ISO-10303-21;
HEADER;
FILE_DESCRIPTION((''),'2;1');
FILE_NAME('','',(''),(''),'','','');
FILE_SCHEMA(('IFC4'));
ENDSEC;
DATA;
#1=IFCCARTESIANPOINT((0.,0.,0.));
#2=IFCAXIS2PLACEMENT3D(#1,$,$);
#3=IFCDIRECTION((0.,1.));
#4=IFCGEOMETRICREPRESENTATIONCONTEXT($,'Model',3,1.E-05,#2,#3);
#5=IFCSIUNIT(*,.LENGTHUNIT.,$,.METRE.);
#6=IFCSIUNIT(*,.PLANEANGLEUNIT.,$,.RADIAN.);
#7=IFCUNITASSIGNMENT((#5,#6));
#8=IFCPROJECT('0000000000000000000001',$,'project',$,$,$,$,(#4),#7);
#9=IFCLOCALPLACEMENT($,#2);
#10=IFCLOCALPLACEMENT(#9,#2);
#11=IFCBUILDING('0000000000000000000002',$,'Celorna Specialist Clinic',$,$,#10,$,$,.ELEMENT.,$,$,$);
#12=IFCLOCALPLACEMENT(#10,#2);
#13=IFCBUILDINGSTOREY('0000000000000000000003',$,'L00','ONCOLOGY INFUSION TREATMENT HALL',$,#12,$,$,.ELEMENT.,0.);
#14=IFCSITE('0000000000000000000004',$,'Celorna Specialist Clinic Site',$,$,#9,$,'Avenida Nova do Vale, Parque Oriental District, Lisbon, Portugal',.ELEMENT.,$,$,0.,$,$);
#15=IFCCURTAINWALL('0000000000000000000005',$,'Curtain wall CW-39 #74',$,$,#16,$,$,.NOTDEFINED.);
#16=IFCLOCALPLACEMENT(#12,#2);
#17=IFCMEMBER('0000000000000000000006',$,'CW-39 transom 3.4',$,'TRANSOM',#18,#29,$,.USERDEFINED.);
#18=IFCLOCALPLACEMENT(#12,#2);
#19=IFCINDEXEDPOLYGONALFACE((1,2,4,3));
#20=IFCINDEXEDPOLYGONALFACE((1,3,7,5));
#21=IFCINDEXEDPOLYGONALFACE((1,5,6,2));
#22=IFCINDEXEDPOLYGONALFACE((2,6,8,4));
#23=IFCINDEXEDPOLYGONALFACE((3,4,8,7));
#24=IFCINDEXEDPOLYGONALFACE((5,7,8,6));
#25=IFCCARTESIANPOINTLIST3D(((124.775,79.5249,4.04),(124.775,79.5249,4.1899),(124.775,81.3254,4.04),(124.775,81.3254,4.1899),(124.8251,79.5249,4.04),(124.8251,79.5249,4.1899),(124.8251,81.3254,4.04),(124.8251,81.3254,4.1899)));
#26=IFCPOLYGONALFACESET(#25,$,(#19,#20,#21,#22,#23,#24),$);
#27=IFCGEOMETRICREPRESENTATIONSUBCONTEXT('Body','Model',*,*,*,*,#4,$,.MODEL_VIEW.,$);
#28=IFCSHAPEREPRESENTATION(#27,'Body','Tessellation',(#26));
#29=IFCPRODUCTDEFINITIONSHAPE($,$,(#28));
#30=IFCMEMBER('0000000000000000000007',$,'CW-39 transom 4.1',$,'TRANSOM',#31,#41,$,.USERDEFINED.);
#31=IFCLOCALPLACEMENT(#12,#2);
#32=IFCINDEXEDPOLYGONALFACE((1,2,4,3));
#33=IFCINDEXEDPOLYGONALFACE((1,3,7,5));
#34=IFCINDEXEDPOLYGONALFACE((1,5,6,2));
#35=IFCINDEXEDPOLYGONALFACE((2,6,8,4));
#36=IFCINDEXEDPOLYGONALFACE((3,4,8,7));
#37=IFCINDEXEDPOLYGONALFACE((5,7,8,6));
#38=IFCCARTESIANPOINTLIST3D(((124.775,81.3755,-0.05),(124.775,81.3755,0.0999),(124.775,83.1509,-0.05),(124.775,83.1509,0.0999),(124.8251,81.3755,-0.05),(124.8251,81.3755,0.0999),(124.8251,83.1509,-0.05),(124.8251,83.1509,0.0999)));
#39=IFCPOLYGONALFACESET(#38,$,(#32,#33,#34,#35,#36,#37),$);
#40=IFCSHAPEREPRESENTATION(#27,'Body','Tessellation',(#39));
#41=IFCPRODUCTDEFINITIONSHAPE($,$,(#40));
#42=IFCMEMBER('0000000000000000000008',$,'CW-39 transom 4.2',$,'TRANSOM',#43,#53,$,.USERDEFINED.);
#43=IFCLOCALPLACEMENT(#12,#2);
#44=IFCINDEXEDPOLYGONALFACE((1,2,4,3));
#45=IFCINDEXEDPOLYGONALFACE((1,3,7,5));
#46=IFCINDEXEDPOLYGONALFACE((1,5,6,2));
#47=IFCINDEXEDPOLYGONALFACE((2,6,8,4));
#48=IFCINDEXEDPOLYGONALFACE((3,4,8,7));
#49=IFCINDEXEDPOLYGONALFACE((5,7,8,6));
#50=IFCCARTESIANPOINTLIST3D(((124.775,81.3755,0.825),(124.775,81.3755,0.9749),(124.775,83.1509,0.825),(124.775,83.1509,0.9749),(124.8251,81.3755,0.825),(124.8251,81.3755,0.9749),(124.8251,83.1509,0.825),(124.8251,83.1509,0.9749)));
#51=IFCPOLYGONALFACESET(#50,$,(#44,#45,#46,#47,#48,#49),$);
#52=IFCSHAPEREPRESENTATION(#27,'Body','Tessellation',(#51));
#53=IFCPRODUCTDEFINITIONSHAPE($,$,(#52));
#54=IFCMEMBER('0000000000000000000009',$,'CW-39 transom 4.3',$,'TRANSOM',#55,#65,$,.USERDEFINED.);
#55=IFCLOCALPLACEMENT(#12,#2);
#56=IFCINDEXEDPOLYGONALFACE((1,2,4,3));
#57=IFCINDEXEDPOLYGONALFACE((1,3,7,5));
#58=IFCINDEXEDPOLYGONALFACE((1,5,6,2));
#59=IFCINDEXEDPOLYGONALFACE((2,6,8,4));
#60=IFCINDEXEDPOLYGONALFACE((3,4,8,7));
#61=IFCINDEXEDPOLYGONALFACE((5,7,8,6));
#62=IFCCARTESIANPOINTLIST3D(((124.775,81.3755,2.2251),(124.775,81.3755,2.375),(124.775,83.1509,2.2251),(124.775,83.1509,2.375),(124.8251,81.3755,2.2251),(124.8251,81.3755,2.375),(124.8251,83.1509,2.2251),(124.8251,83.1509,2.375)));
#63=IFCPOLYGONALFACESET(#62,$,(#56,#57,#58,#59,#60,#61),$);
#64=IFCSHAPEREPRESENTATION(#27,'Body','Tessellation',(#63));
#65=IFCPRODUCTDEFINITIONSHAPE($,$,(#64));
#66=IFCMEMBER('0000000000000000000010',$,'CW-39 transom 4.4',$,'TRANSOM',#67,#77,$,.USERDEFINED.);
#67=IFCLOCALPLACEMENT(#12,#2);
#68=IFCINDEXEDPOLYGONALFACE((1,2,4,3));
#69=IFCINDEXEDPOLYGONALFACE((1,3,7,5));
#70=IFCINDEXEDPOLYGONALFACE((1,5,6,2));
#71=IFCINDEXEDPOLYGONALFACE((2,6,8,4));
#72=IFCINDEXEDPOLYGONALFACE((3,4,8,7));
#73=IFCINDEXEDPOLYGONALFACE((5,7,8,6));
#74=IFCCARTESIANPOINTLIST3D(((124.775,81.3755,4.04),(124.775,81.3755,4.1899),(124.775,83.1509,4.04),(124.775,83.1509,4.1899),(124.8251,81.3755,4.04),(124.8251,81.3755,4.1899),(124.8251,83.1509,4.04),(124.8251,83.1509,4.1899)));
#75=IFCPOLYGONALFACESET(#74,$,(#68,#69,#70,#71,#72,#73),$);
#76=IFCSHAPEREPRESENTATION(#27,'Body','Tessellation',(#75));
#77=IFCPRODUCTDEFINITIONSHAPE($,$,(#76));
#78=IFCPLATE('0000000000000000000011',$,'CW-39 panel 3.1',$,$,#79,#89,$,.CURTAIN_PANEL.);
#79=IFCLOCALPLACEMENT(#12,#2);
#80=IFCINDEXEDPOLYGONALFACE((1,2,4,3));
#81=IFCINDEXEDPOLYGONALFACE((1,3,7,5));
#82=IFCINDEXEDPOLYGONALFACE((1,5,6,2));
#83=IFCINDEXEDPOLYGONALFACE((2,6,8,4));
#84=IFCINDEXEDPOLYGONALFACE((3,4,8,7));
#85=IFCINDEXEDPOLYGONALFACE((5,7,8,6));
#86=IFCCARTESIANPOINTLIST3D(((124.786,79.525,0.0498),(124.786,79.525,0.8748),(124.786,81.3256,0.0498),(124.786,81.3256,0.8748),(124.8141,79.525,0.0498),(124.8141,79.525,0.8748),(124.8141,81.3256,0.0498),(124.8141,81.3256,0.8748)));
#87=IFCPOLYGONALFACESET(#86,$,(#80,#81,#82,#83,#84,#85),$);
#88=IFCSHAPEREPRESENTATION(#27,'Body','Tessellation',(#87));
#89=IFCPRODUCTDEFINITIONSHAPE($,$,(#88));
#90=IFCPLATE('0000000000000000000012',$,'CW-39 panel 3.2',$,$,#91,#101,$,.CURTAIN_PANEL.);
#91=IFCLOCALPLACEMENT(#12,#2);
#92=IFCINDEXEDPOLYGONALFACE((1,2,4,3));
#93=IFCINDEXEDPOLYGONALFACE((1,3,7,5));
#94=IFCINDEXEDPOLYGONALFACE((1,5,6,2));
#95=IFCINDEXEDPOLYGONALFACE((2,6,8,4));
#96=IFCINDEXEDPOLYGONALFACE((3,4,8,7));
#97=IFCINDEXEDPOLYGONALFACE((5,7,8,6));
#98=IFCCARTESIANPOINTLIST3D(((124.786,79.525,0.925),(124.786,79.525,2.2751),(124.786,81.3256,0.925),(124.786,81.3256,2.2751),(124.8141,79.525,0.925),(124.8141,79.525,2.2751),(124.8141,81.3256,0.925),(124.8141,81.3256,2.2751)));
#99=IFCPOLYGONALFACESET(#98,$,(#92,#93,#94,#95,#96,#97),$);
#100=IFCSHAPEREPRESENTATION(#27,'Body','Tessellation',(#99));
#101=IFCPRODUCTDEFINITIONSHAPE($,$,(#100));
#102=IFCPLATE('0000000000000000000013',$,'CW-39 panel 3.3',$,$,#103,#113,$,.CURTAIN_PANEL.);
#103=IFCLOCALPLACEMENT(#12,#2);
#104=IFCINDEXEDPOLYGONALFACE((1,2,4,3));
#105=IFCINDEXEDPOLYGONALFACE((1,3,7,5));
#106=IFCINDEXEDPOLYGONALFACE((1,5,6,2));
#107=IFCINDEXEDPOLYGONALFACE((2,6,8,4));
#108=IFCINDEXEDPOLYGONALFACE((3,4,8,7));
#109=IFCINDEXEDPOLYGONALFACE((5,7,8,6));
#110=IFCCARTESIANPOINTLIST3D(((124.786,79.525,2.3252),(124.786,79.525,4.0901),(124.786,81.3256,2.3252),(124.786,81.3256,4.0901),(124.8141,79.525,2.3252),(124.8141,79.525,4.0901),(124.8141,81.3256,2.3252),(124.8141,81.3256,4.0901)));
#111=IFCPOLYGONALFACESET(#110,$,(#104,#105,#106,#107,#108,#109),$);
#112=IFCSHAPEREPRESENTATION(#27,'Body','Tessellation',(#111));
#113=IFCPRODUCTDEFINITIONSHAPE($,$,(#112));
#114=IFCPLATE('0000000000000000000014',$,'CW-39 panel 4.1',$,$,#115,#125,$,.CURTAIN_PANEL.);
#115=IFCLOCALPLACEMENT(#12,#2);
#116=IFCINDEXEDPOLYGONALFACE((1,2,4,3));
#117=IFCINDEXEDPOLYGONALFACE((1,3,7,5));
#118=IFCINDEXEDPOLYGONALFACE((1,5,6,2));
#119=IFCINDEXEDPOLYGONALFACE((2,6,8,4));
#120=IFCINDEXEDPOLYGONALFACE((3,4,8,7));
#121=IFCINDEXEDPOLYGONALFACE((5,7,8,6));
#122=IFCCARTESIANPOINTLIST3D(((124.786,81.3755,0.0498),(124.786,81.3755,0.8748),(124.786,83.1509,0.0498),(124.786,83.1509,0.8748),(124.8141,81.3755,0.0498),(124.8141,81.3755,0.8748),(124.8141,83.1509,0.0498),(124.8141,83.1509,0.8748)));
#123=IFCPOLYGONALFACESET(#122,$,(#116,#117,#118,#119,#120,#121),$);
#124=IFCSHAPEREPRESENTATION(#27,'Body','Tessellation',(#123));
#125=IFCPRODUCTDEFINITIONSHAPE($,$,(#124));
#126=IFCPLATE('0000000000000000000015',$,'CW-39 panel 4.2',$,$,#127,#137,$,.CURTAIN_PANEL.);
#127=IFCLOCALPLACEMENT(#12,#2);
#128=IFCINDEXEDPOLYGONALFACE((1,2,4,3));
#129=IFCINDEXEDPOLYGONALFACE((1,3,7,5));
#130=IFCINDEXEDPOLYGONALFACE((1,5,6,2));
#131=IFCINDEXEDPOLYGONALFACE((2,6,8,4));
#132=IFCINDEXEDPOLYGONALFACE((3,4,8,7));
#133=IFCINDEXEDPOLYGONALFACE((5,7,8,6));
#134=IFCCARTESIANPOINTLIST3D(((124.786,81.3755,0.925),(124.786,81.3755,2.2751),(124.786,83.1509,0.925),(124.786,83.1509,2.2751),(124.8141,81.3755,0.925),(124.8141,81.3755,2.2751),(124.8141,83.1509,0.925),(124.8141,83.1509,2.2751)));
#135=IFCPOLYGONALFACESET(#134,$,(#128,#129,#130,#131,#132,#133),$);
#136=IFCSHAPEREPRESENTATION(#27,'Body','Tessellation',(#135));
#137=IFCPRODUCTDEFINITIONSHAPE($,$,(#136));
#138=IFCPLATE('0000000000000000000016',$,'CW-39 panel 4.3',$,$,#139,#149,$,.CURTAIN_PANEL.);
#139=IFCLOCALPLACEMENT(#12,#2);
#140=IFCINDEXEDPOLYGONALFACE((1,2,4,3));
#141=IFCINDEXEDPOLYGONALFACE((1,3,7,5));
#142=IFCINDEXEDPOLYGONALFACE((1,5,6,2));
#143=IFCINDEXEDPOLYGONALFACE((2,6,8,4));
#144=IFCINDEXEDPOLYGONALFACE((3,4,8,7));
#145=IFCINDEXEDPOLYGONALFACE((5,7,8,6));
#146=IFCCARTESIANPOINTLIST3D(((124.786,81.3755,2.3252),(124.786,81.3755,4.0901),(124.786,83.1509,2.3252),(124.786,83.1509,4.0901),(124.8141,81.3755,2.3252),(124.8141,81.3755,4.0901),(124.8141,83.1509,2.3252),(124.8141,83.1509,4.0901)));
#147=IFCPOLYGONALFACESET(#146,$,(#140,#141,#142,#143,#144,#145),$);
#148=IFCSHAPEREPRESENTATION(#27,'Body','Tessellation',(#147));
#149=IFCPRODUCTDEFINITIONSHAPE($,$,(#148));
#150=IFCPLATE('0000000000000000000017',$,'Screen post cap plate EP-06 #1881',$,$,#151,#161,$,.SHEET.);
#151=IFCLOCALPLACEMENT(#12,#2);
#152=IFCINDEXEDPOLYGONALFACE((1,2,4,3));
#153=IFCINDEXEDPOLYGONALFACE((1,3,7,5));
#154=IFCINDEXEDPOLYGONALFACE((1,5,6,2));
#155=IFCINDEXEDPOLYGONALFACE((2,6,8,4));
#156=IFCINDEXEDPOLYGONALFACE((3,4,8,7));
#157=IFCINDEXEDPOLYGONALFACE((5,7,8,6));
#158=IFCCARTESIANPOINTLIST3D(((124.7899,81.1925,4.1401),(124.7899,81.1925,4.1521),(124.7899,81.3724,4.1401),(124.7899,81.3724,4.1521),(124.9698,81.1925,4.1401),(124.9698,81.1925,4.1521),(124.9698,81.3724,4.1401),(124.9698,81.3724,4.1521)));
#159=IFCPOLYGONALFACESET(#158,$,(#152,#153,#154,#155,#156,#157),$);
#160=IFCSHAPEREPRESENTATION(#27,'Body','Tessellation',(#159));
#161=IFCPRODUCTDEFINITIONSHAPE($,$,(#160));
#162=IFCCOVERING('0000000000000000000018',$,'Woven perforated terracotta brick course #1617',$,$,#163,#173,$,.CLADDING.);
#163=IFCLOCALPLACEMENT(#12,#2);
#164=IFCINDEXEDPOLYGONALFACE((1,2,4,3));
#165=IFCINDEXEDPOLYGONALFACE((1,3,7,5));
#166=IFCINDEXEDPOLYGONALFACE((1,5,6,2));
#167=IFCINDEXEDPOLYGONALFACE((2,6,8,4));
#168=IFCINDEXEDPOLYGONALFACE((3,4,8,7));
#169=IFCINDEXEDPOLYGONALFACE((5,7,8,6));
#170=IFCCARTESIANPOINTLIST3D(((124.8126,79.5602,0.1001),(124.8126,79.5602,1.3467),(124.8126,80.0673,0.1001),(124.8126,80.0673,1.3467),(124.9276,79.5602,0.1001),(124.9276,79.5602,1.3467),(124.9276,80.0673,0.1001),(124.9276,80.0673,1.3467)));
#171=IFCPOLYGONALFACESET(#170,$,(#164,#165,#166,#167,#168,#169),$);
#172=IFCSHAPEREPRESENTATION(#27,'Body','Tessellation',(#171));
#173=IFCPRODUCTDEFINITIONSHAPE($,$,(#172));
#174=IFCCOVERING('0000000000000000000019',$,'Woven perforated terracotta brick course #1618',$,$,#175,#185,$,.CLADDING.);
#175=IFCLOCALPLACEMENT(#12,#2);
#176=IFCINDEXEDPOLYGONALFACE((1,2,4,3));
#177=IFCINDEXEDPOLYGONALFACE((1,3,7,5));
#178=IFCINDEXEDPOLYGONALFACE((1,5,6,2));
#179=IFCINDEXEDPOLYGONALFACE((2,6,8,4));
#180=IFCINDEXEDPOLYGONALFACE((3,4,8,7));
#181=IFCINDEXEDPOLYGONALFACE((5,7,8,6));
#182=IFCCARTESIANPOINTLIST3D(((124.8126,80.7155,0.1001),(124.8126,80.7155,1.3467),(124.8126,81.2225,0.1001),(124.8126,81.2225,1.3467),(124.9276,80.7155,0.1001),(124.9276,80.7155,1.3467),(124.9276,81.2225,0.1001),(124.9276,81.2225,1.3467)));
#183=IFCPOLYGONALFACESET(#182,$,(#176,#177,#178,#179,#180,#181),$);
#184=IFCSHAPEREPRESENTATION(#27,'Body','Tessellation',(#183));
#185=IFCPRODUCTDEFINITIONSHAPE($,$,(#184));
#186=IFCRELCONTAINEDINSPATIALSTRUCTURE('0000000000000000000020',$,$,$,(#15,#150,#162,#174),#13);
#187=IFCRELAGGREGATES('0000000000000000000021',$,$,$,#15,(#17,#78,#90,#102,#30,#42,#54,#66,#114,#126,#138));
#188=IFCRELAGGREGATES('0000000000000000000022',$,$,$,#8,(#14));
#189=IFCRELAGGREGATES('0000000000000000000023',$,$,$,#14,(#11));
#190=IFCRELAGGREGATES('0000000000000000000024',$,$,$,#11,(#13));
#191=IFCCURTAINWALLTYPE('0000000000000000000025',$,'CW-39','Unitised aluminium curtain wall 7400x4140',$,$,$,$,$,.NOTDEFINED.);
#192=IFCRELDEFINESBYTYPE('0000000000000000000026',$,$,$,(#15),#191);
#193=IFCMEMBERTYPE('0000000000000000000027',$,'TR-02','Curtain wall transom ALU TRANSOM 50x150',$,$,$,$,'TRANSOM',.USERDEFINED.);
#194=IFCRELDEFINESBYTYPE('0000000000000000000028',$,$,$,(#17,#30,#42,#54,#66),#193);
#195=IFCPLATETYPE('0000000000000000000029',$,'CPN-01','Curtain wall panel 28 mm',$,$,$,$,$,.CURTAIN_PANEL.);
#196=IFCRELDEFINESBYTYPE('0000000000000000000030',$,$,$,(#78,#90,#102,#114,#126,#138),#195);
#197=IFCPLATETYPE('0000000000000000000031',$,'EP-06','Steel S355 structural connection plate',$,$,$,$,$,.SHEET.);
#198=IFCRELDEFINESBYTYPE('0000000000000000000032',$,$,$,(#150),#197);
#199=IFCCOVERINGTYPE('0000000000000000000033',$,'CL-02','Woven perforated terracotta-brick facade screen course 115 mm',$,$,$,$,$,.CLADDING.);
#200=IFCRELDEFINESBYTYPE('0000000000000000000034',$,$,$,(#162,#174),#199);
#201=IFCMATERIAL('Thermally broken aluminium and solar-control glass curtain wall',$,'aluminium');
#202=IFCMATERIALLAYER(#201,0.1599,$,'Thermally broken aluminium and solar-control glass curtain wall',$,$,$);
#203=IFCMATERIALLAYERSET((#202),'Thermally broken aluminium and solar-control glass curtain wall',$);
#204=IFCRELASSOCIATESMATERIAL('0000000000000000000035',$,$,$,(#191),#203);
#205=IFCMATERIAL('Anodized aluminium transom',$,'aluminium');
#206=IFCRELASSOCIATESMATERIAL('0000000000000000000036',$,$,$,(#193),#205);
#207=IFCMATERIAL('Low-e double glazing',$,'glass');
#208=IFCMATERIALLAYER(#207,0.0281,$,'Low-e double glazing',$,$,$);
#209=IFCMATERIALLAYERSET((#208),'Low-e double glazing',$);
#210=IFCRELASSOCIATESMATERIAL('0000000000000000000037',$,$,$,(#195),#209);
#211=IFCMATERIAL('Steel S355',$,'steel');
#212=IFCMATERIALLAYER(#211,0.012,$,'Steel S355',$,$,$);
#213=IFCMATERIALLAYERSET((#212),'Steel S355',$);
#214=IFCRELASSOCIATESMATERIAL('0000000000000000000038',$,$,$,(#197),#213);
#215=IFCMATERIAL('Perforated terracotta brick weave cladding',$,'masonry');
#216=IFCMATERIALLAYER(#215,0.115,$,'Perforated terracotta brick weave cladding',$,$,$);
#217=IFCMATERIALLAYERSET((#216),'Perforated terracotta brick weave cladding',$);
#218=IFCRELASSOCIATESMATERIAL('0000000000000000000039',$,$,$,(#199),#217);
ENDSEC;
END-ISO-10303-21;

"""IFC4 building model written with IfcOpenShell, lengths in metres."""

from ifc_helpers import new_model, si_unit, direction, frame, origin, origin_2d, place, context, subcontext, project, spatial, rectangle, extrude, material, layer, layer_set, material_profile, profile_set, type_object, element, aggregate, save


model = new_model("IFC4")

# Units and contexts
model_context = context("Model", 3, precision=1e-05, world=origin(), true_north=direction((0.0, 1.0)))
body_context = subcontext(model_context, "Body", "Model", "MODEL_VIEW")
ifc_project = project(units=[si_unit("LENGTHUNIT", "METRE"), si_unit("PLANEANGLEUNIT", "RADIAN")], contexts=[model_context])

# Site, building, storey
site_placement = place(None, origin())
site = spatial("IfcSite", under=ifc_project, at=site_placement, Name="Celorna Specialist Clinic Site", LongName="Avenida Nova do Vale, Parque Oriental District, Lisbon, Portugal", CompositionType="ELEMENT", RefElevation=0.0)
building_placement = place(site_placement, origin())
building = spatial("IfcBuilding", under=site, at=building_placement, Name="Celorna Specialist Clinic", CompositionType="ELEMENT")
storey_placement = place(building_placement, origin())
storey = spatial("IfcBuildingStorey", under=building, at=storey_placement, Name="L00", Description="ONCOLOGY INFUSION TREATMENT HALL", CompositionType="ELEMENT", Elevation=0.0)

# Shared definitions
ifc_material_1 = material(Name="Steel S355", Category="steel")

# Curtain wall, members, plates
ifc_material_2 = material(Name="Thermally broken aluminium and solar-control glass curtain wall", Category="aluminium")
ifc_layer_1 = layer(ifc_material_2, 0.1599, Name="Thermally broken aluminium and solar-control glass curtain wall")
ifc_layer_set_1 = layer_set([ifc_layer_1], Name="Thermally broken aluminium and solar-control glass curtain wall")
curtain_wall_type = type_object("IfcCurtainWallType", Name="CW-39", Description="Unitised aluminium curtain wall 7400x4140", PredefinedType="NOTDEFINED", material=ifc_layer_set_1)
curtain_wall_placement = place(storey_placement, origin())
curtain_wall = element("IfcCurtainWall", 1, at=curtain_wall_placement, inside=storey, type_object=curtain_wall_type, Name="Curtain wall CW-39 #74", PredefinedType="NOTDEFINED")
ifc_material_3 = material(Name="Anodized aluminium transom", Category="aluminium")
ifc_material_profile_1 = material_profile(ifc_material_3, rectangle(XDim=0.05, YDim=0.1499, at=origin_2d()), Name="ALU TRANSOM 50x150")
ifc_profile_set_1 = profile_set([ifc_material_profile_1], Name="Anodized aluminium transom")
member_type_1 = type_object("IfcMemberType", Name="TR-02", Description="Curtain wall transom ALU TRANSOM 50x150", ElementType="TRANSOM", PredefinedType="USERDEFINED", material=ifc_profile_set_1)
member_1_placement = place(storey_placement, frame((124.8, 79.5249, 4.115), z_axis=(0.0, 1.0, 0.0), x_axis=(-1.0, 0.0, 0.0)))
member_1 = element("IfcMember", 2, at=member_1_placement, type_object=member_type_1, Name="CW-39 transom 3.4", ObjectType="TRANSOM", PredefinedType="USERDEFINED", context=body_context, shape_type="SweptSolid", body=[
    extrude(rectangle(XDim=0.05, YDim=0.1499, at=origin_2d()), origin(), (0.0, 0.0, 1.0), 1.8005),
])
member_2_placement = place(storey_placement, frame((124.8, 81.3755, 0.0249), z_axis=(0.0, 1.0, 0.0), x_axis=(-1.0, 0.0, 0.0)))
member_2 = element("IfcMember", 3, at=member_2_placement, type_object=member_type_1, Name="CW-39 transom 4.1", ObjectType="TRANSOM", PredefinedType="USERDEFINED", context=body_context, shape_type="SweptSolid", body=[
    extrude(rectangle(XDim=0.05, YDim=0.1499, at=origin_2d()), origin(), (0.0, 0.0, 1.0), 1.7754),
])
member_3_placement = place(storey_placement, frame((124.8, 81.3755, 0.8999), z_axis=(0.0, 1.0, 0.0), x_axis=(-1.0, 0.0, 0.0)))
member_3 = element("IfcMember", 4, at=member_3_placement, type_object=member_type_1, Name="CW-39 transom 4.2", ObjectType="TRANSOM", PredefinedType="USERDEFINED", context=body_context, shape_type="SweptSolid", body=[
    extrude(rectangle(XDim=0.05, YDim=0.1499, at=origin_2d()), origin(), (0.0, 0.0, 1.0), 1.7754),
])
member_4_placement = place(storey_placement, frame((124.8, 81.3755, 2.3), z_axis=(0.0, 1.0, 0.0), x_axis=(-1.0, 0.0, 0.0)))
member_4 = element("IfcMember", 5, at=member_4_placement, type_object=member_type_1, Name="CW-39 transom 4.3", ObjectType="TRANSOM", PredefinedType="USERDEFINED", context=body_context, shape_type="SweptSolid", body=[
    extrude(rectangle(XDim=0.05, YDim=0.1499, at=origin_2d()), origin(), (0.0, 0.0, 1.0), 1.7754),
])
member_5_placement = place(storey_placement, frame((124.8, 81.3755, 4.115), z_axis=(0.0, 1.0, 0.0), x_axis=(-1.0, 0.0, 0.0)))
member_5 = element("IfcMember", 6, at=member_5_placement, type_object=member_type_1, Name="CW-39 transom 4.4", ObjectType="TRANSOM", PredefinedType="USERDEFINED", context=body_context, shape_type="SweptSolid", body=[
    extrude(rectangle(XDim=0.05, YDim=0.1499, at=origin_2d()), origin(), (0.0, 0.0, 1.0), 1.7754),
])
ifc_material_4 = material(Name="Low-e double glazing", Category="glass")
ifc_layer_2 = layer(ifc_material_4, 0.0281, Name="Low-e double glazing")
ifc_layer_set_2 = layer_set([ifc_layer_2], Name="Low-e double glazing")
plate_type_1 = type_object("IfcPlateType", Name="CPN-01", Description="Curtain wall panel 28 mm", PredefinedType="CURTAIN_PANEL", material=ifc_layer_set_2)
plate_1_placement = place(storey_placement, frame((124.8, 80.4253, 0.0498), z_axis=(0.0, 0.0, 1.0), x_axis=(0.0, 1.0, 0.0)))
plate_1 = element("IfcPlate", 7, at=plate_1_placement, type_object=plate_type_1, Name="CW-39 panel 3.1", PredefinedType="CURTAIN_PANEL", context=body_context, shape_type="SweptSolid", body=[
    extrude(rectangle(XDim=1.8005, YDim=0.0281, at=origin_2d()), origin(), (0.0, 0.0, 1.0), 0.825),
])
plate_2_placement = place(storey_placement, frame((124.8, 80.4253, 0.925), z_axis=(0.0, 0.0, 1.0), x_axis=(0.0, 1.0, 0.0)))
plate_2 = element("IfcPlate", 8, at=plate_2_placement, type_object=plate_type_1, Name="CW-39 panel 3.2", PredefinedType="CURTAIN_PANEL", context=body_context, shape_type="SweptSolid", body=[
    extrude(rectangle(XDim=1.8005, YDim=0.0281, at=origin_2d()), origin(), (0.0, 0.0, 1.0), 1.3501),
])
plate_3_placement = place(storey_placement, frame((124.8, 80.4253, 2.3252), z_axis=(0.0, 0.0, 1.0), x_axis=(0.0, 1.0, 0.0)))
plate_3 = element("IfcPlate", 9, at=plate_3_placement, type_object=plate_type_1, Name="CW-39 panel 3.3", PredefinedType="CURTAIN_PANEL", context=body_context, shape_type="SweptSolid", body=[
    extrude(rectangle(XDim=1.8005, YDim=0.0281, at=origin_2d()), origin(), (0.0, 0.0, 1.0), 1.7649),
])
plate_4_placement = place(storey_placement, frame((124.8, 82.2632, 0.0498), z_axis=(0.0, 0.0, 1.0), x_axis=(0.0, 1.0, 0.0)))
plate_4 = element("IfcPlate", 10, at=plate_4_placement, type_object=plate_type_1, Name="CW-39 panel 4.1", PredefinedType="CURTAIN_PANEL", context=body_context, shape_type="SweptSolid", body=[
    extrude(rectangle(XDim=1.7754, YDim=0.0281, at=origin_2d()), origin(), (0.0, 0.0, 1.0), 0.825),
])
plate_5_placement = place(storey_placement, frame((124.8, 82.2632, 0.925), z_axis=(0.0, 0.0, 1.0), x_axis=(0.0, 1.0, 0.0)))
plate_5 = element("IfcPlate", 11, at=plate_5_placement, type_object=plate_type_1, Name="CW-39 panel 4.2", PredefinedType="CURTAIN_PANEL", context=body_context, shape_type="SweptSolid", body=[
    extrude(rectangle(XDim=1.7754, YDim=0.0281, at=origin_2d()), origin(), (0.0, 0.0, 1.0), 1.3501),
])
plate_6_placement = place(storey_placement, frame((124.8, 82.2632, 2.3252), z_axis=(0.0, 0.0, 1.0), x_axis=(0.0, 1.0, 0.0)))
plate_6 = element("IfcPlate", 12, at=plate_6_placement, type_object=plate_type_1, Name="CW-39 panel 4.3", PredefinedType="CURTAIN_PANEL", context=body_context, shape_type="SweptSolid", body=[
    extrude(rectangle(XDim=1.7754, YDim=0.0281, at=origin_2d()), origin(), (0.0, 0.0, 1.0), 1.7649),
])
aggregate(curtain_wall, [member_1, plate_1, plate_2, plate_3, member_2, member_3, member_4, member_5, plate_4, plate_5, plate_6])

# Plate
ifc_layer_3 = layer(ifc_material_1, 0.012, Name="Steel S355")
ifc_layer_set_3 = layer_set([ifc_layer_3], Name="Steel S355")
plate_type_2 = type_object("IfcPlateType", Name="EP-06", Description="Steel S355 structural connection plate", PredefinedType="SHEET", material=ifc_layer_set_3)
plate_7_placement = place(storey_placement, frame((124.8799, 81.2825, 4.1401), z_axis=(0.0, 0.0, 1.0), x_axis=(0.0, 1.0, 0.0)))
element("IfcPlate", 13, at=plate_7_placement, inside=storey, type_object=plate_type_2, Name="Screen post cap plate EP-06 #1881", PredefinedType="SHEET", context=body_context, shape_type="SweptSolid", body=[
    extrude(rectangle(XDim=0.1799, YDim=0.1799, at=origin_2d()), origin(), (0.0, 0.0, 1.0), 0.012),
])

# Coverings
ifc_material_5 = material(Name="Perforated terracotta brick weave cladding", Category="masonry")
ifc_layer_4 = layer(ifc_material_5, 0.115, Name="Perforated terracotta brick weave cladding")
ifc_layer_set_4 = layer_set([ifc_layer_4], Name="Perforated terracotta brick weave cladding")
covering_type = type_object("IfcCoveringType", Name="CL-02", Description="Woven perforated terracotta-brick facade screen course 115 mm", PredefinedType="CLADDING", material=ifc_layer_set_4)
for number, where, z_axis, x_axis, name in (
    (14, (124.8701, 79.8137, 0.1001), (0.0, 0.0, 1.0), (0.0, 1.0, 0.0), "Woven perforated terracotta brick course #1617"),
    (15, (124.8701, 80.969, 0.1001), (0.0, 0.0, 1.0), (0.0, 1.0, 0.0), "Woven perforated terracotta brick course #1618"),
):
    element("IfcCovering", number, at=place(storey_placement, frame(where, z_axis=z_axis, x_axis=x_axis)), inside=storey, type_object=covering_type, Name=name, PredefinedType="CLADDING", context=body_context, shape_type="SweptSolid", body=[
        extrude(rectangle(XDim=0.5071, YDim=0.115, at=origin_2d()), origin(), (0.0, 0.0, 1.0), 1.2466),
    ])

save(model, "model.ifc")
